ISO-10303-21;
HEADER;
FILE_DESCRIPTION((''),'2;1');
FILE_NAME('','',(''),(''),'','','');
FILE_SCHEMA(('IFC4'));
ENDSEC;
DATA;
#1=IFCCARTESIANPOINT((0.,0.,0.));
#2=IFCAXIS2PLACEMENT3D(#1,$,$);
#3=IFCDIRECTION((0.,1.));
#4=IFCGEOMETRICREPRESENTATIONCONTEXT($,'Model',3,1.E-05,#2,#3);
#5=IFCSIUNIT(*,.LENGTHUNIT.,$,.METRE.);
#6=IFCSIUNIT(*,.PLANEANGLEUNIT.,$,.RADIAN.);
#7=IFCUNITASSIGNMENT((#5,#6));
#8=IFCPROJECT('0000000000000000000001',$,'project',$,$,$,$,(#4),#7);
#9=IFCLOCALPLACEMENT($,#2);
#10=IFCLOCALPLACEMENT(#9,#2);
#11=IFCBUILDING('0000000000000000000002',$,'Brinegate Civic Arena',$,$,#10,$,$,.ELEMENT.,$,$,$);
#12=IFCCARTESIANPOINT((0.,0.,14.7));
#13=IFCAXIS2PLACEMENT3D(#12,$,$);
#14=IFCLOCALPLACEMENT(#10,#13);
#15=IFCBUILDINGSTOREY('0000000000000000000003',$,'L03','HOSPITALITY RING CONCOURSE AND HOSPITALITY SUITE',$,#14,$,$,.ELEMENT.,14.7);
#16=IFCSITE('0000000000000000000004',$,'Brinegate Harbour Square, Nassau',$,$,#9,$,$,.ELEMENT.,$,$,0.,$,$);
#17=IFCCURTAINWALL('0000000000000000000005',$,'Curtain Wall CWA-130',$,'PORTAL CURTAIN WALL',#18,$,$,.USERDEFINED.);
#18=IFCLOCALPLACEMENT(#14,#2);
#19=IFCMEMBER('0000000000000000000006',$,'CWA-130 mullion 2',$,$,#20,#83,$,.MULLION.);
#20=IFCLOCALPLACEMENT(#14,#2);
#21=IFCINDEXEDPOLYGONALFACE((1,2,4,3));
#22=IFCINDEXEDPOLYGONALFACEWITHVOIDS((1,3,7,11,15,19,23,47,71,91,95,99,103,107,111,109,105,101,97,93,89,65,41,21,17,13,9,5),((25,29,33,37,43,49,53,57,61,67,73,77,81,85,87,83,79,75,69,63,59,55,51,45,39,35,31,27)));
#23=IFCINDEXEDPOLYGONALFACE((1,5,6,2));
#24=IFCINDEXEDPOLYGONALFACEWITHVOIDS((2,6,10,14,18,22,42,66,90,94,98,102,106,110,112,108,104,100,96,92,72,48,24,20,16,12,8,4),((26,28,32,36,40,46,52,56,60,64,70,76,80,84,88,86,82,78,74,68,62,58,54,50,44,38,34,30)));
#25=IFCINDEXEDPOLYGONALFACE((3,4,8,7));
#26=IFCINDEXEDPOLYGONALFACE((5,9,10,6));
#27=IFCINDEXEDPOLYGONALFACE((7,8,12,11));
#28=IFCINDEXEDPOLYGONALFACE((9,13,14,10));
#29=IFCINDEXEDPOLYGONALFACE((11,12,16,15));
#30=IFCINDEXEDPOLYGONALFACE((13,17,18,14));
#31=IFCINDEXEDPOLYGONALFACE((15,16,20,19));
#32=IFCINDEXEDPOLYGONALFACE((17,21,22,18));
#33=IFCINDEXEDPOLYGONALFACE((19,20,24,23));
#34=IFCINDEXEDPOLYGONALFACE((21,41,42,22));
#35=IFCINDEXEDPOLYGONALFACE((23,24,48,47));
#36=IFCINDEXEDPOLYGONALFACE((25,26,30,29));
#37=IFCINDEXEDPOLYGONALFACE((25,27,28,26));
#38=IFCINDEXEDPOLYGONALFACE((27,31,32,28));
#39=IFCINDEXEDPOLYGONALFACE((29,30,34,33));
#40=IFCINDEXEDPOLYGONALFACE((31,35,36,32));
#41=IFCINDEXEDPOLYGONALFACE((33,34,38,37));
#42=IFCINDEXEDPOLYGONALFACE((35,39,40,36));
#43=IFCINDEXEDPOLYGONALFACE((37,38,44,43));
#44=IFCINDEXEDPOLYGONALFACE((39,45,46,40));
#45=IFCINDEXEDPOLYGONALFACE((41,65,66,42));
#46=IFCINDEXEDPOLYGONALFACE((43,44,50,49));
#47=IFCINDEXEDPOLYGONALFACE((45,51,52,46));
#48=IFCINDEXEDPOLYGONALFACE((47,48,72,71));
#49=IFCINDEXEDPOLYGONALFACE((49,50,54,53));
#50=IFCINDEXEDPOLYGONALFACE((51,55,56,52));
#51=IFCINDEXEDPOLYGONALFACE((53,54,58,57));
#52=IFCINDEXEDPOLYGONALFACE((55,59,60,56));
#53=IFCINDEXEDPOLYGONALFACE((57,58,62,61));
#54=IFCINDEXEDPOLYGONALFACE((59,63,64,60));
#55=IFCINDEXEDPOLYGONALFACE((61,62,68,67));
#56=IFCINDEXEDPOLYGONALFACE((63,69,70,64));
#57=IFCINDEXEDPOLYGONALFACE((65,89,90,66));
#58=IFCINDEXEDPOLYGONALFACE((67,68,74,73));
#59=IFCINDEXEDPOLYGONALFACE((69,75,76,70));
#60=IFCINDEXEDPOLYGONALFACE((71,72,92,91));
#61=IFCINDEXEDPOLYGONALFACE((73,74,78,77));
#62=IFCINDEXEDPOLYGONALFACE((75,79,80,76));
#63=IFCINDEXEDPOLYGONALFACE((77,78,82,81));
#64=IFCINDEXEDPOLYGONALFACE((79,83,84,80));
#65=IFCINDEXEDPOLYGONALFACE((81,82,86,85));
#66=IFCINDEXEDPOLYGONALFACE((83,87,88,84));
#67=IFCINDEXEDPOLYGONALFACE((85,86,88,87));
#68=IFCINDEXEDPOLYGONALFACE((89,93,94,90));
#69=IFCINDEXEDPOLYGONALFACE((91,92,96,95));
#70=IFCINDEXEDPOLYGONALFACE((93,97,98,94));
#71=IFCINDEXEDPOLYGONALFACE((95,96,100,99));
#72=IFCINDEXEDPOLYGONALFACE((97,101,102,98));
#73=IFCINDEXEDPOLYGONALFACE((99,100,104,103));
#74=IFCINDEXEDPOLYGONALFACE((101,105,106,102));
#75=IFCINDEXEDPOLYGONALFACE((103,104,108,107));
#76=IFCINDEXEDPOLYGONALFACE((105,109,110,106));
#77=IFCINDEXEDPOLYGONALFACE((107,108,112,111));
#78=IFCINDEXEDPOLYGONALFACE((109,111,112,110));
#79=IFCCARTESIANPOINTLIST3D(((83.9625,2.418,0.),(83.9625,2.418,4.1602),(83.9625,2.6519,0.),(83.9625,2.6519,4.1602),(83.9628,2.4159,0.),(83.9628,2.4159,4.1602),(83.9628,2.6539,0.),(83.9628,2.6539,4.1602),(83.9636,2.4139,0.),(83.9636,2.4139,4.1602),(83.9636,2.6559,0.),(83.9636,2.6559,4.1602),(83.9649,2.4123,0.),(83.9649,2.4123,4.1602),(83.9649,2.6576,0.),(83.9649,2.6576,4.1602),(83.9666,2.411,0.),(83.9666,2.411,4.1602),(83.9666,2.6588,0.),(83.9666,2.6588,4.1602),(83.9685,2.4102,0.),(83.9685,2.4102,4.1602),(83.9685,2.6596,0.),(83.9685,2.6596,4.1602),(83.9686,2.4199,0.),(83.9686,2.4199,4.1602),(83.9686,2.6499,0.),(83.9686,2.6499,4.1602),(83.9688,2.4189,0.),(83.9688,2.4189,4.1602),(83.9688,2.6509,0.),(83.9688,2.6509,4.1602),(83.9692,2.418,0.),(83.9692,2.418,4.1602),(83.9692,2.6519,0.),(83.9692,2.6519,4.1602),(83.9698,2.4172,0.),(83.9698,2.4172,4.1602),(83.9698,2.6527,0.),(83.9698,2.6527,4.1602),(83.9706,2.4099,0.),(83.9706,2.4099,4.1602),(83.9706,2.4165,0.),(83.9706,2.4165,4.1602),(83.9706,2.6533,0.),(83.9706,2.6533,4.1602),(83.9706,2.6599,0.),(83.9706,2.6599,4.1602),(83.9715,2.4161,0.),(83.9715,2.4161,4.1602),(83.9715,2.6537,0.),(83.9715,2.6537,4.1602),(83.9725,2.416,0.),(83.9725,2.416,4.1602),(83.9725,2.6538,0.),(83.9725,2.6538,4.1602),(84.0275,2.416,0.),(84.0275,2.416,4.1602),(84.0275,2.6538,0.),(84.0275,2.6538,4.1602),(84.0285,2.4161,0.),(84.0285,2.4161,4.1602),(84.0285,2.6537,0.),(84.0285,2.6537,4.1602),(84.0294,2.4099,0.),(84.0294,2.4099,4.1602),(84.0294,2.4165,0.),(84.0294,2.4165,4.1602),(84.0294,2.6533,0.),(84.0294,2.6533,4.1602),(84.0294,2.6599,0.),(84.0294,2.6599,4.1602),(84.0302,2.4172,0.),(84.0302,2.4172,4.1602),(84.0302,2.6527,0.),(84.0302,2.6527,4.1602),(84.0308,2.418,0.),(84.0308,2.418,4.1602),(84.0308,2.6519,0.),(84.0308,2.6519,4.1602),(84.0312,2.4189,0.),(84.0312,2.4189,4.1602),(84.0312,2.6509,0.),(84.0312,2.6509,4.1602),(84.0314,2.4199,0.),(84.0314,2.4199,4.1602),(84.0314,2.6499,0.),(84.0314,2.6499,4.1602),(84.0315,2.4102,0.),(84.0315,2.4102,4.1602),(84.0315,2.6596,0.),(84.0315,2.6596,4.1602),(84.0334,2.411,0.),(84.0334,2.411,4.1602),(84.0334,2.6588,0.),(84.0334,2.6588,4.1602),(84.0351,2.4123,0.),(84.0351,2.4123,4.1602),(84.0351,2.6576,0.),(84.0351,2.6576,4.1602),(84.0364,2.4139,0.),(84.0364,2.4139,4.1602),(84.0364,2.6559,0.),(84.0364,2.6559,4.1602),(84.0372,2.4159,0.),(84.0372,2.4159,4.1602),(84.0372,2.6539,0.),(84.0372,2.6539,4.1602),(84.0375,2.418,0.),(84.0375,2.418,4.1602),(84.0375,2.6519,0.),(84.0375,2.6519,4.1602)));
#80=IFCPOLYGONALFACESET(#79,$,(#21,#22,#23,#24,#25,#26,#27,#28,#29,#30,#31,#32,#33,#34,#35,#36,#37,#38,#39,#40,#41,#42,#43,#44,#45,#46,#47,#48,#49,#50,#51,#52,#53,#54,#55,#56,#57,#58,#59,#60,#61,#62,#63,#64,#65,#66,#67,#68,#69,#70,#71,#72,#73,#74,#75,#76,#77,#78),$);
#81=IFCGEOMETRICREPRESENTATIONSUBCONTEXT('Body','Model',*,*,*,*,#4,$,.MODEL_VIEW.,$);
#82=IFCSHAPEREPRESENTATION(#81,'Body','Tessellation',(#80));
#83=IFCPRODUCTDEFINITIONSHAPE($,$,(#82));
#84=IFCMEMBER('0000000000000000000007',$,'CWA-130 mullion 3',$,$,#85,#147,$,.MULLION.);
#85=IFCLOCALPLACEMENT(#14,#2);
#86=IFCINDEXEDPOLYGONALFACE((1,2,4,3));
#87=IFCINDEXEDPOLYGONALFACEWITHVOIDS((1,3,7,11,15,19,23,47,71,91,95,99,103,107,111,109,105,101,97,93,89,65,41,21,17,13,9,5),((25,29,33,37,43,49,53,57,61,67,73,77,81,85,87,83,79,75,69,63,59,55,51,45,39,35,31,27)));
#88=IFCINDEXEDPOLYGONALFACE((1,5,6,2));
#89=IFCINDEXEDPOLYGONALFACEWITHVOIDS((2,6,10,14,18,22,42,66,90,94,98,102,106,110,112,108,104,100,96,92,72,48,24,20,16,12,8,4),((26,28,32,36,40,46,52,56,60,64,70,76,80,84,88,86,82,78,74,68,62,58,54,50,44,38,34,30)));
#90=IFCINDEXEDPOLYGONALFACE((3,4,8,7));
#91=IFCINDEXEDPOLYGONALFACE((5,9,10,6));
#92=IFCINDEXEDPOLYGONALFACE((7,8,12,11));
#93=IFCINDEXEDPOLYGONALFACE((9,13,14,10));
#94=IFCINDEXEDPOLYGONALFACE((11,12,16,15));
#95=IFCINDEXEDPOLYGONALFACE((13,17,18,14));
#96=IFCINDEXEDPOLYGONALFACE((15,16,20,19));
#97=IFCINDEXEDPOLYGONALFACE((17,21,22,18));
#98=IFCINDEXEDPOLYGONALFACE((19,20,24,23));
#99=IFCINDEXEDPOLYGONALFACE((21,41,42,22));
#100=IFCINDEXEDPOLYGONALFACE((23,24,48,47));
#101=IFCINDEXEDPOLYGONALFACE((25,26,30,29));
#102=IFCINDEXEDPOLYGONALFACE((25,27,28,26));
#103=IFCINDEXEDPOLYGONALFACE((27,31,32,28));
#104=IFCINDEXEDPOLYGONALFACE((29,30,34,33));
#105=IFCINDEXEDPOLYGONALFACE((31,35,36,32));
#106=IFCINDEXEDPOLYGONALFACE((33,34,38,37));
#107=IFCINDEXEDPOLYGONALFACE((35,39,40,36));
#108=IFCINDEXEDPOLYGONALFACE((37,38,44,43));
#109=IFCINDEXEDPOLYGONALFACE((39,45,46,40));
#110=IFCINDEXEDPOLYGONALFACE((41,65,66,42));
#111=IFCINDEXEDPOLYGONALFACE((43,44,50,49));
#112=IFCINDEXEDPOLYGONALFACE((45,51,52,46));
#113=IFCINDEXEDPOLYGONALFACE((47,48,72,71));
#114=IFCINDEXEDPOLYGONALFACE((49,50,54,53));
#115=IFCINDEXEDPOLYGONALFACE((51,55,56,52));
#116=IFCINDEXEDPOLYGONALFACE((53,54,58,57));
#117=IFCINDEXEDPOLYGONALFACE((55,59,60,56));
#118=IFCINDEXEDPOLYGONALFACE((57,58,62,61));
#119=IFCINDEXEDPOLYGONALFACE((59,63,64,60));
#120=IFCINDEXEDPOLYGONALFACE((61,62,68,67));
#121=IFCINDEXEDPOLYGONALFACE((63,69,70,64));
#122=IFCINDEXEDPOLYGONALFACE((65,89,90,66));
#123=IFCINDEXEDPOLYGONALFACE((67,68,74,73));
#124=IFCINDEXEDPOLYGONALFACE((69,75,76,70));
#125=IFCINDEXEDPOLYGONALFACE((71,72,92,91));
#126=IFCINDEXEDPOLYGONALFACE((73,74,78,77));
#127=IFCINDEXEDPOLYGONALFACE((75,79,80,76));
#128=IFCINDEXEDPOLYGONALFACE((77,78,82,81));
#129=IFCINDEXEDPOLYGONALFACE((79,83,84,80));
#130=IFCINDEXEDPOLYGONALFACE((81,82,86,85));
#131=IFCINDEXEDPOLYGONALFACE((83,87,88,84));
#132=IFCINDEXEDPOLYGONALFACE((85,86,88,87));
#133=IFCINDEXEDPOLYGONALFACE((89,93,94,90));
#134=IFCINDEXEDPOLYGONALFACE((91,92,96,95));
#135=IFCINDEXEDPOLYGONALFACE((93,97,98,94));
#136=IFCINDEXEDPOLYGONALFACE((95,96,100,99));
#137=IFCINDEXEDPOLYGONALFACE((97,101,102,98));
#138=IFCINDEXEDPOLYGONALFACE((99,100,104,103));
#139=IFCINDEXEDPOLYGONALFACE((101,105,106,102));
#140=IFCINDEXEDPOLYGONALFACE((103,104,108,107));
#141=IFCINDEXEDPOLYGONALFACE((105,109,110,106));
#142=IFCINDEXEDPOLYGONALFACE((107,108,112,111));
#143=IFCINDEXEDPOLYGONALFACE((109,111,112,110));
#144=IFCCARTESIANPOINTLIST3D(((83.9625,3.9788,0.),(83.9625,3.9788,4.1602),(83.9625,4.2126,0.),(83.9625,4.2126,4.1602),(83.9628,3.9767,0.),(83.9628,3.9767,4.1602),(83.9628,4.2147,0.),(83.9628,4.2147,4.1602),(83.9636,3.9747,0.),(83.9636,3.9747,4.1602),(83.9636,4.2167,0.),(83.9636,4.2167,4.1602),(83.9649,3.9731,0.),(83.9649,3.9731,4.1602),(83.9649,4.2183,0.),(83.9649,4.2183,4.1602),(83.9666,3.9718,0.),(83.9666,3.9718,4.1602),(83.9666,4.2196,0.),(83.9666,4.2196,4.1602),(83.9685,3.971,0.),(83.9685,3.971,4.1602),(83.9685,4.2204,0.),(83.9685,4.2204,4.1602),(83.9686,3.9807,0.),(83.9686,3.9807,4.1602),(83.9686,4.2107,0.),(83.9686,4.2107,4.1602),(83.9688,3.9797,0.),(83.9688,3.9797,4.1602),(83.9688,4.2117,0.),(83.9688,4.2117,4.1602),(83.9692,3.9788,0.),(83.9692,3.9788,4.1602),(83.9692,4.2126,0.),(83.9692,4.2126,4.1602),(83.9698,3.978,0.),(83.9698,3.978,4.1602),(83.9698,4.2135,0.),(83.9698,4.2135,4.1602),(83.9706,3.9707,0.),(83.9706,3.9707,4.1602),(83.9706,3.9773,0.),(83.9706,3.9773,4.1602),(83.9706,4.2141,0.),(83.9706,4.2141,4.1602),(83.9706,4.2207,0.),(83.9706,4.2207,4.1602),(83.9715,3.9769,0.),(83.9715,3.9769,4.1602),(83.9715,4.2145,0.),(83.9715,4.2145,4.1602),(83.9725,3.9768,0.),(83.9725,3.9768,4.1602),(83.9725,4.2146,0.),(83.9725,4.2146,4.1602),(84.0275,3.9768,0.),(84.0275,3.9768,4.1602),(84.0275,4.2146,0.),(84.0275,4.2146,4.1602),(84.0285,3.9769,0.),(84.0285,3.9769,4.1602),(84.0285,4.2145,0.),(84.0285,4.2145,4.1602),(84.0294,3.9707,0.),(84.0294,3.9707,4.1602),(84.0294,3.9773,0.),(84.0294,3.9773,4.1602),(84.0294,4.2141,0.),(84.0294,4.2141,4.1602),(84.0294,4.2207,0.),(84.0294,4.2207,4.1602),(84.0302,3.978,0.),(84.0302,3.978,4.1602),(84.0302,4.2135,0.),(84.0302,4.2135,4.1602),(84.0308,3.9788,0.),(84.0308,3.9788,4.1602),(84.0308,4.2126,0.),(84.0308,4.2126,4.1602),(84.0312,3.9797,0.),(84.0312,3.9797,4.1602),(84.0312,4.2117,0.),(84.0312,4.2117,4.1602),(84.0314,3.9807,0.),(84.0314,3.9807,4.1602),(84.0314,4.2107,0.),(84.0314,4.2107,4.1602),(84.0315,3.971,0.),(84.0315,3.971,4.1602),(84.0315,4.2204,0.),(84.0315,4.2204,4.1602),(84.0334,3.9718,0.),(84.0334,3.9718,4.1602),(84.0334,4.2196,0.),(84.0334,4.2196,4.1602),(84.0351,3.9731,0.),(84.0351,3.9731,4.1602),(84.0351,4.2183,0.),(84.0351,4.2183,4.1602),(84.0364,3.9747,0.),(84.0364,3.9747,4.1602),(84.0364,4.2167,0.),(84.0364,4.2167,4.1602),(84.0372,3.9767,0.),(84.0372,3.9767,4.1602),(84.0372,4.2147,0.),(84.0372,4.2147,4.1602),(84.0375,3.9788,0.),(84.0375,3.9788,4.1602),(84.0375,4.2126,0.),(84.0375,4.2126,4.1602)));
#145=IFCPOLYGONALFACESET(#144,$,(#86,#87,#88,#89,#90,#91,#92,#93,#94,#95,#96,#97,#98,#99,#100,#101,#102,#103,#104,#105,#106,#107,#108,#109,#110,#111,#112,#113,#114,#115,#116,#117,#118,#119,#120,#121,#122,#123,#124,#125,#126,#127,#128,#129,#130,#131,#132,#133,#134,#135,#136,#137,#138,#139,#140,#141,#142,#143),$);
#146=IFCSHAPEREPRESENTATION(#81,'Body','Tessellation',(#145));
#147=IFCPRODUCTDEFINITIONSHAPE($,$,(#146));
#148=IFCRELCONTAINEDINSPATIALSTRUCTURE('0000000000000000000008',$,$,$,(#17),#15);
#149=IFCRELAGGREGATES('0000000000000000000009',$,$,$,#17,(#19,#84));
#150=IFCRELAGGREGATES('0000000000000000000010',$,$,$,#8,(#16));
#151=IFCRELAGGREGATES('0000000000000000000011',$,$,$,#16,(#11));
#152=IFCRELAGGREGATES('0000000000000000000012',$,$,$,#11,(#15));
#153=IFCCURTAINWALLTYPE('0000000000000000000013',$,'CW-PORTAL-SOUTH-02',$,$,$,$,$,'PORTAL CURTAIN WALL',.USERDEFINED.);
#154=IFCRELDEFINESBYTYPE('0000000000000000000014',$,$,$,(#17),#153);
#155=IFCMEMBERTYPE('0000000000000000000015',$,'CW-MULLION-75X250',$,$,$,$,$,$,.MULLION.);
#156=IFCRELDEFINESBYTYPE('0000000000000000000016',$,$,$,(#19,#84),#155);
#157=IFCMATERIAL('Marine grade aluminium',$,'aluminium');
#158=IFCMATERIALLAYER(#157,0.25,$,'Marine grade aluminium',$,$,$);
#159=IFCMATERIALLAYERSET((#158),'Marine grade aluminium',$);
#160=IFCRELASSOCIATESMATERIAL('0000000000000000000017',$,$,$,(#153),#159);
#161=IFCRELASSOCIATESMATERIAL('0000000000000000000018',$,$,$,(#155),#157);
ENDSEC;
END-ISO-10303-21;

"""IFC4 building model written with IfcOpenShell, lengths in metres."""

from ifc_helpers import new_model, si_unit, direction, frame, origin, origin_2d, place, context, subcontext, project, spatial, hollow_rectangle, extrude, material, layer, layer_set, material_profile, profile_set, type_object, element, aggregate, save


model = new_model("IFC4")

# Units and contexts
model_context = context("Model", 3, precision=1e-05, world=origin(), true_north=direction((0.0, 1.0)))
body_context = subcontext(model_context, "Body", "Model", "MODEL_VIEW")
ifc_project = project(units=[si_unit("LENGTHUNIT", "METRE"), si_unit("PLANEANGLEUNIT", "RADIAN")], contexts=[model_context])

# Site, building, storey
site_placement = place(None, origin())
site = spatial("IfcSite", under=ifc_project, at=site_placement, Name="Brinegate Harbour Square, Nassau", CompositionType="ELEMENT", RefElevation=0.0)
building_placement = place(site_placement, origin())
building = spatial("IfcBuilding", under=site, at=building_placement, Name="Brinegate Civic Arena", CompositionType="ELEMENT")
storey_placement = place(building_placement, frame((0.0, 0.0, 14.7)))
storey = spatial("IfcBuildingStorey", under=building, at=storey_placement, Name="L03", Description="HOSPITALITY RING CONCOURSE AND HOSPITALITY SUITE", CompositionType="ELEMENT", Elevation=14.7)

# Shared definitions
ifc_material_1 = material(Name="Marine grade aluminium", Category="aluminium")
ifc_layer_1 = layer(ifc_material_1, 0.25, Name="Marine grade aluminium")
ifc_layer_set_1 = layer_set([ifc_layer_1], Name="Marine grade aluminium")
curtain_wall_type = type_object("IfcCurtainWallType", Name="CW-PORTAL-SOUTH-02", ElementType="PORTAL CURTAIN WALL", PredefinedType="USERDEFINED", material=ifc_layer_set_1)

# Curtain wall, members
curtain_wall_1_placement = place(storey_placement, origin())
curtain_wall_1 = element("IfcCurtainWall", 1, at=curtain_wall_1_placement, inside=storey, type_object=curtain_wall_type, Name="Curtain Wall CWA-130", ObjectType="PORTAL CURTAIN WALL", PredefinedType="USERDEFINED")
ifc_material_profile_1 = material_profile(ifc_material_1, hollow_rectangle(XDim=0.075, YDim=0.25, WallThickness=0.0061, InnerFilletRadius=0.0039, OuterFilletRadius=0.0081, at=origin_2d()), Name="MUL75X250")
ifc_profile_set_1 = profile_set([ifc_material_profile_1], Name="Marine grade aluminium")
member_type_1 = type_object("IfcMemberType", Name="CW-MULLION-75X250", PredefinedType="MULLION", material=ifc_profile_set_1)
member_1_placement = place(storey_placement, frame((84.0, 2.5349, 0.0), z_axis=(0.0, 0.0, 1.0), x_axis=(-1.0, 0.0, 0.0)))
member_1 = element("IfcMember", 2, at=member_1_placement, type_object=member_type_1, Name="CWA-130 mullion 2", PredefinedType="MULLION", context=body_context, shape_type="SweptSolid", body=[
    extrude(hollow_rectangle(XDim=0.075, YDim=0.25, WallThickness=0.0061, InnerFilletRadius=0.0039, OuterFilletRadius=0.0081, at=origin_2d()), origin(), (0.0, 0.0, 1.0), 4.1602),
])
member_2_placement = place(storey_placement, frame((84.0, 4.0957, 0.0), z_axis=(0.0, 0.0, 1.0), x_axis=(-1.0, 0.0, 0.0)))
member_2 = element("IfcMember", 3, at=member_2_placement, type_object=member_type_1, Name="CWA-130 mullion 3", PredefinedType="MULLION", context=body_context, shape_type="SweptSolid", body=[
    extrude(hollow_rectangle(XDim=0.075, YDim=0.25, WallThickness=0.0061, InnerFilletRadius=0.0039, OuterFilletRadius=0.0081, at=origin_2d()), origin(), (0.0, 0.0, 1.0), 4.1602),
])

aggregate(curtain_wall_1, [member_1, member_2])

save(model, "model.ifc")
